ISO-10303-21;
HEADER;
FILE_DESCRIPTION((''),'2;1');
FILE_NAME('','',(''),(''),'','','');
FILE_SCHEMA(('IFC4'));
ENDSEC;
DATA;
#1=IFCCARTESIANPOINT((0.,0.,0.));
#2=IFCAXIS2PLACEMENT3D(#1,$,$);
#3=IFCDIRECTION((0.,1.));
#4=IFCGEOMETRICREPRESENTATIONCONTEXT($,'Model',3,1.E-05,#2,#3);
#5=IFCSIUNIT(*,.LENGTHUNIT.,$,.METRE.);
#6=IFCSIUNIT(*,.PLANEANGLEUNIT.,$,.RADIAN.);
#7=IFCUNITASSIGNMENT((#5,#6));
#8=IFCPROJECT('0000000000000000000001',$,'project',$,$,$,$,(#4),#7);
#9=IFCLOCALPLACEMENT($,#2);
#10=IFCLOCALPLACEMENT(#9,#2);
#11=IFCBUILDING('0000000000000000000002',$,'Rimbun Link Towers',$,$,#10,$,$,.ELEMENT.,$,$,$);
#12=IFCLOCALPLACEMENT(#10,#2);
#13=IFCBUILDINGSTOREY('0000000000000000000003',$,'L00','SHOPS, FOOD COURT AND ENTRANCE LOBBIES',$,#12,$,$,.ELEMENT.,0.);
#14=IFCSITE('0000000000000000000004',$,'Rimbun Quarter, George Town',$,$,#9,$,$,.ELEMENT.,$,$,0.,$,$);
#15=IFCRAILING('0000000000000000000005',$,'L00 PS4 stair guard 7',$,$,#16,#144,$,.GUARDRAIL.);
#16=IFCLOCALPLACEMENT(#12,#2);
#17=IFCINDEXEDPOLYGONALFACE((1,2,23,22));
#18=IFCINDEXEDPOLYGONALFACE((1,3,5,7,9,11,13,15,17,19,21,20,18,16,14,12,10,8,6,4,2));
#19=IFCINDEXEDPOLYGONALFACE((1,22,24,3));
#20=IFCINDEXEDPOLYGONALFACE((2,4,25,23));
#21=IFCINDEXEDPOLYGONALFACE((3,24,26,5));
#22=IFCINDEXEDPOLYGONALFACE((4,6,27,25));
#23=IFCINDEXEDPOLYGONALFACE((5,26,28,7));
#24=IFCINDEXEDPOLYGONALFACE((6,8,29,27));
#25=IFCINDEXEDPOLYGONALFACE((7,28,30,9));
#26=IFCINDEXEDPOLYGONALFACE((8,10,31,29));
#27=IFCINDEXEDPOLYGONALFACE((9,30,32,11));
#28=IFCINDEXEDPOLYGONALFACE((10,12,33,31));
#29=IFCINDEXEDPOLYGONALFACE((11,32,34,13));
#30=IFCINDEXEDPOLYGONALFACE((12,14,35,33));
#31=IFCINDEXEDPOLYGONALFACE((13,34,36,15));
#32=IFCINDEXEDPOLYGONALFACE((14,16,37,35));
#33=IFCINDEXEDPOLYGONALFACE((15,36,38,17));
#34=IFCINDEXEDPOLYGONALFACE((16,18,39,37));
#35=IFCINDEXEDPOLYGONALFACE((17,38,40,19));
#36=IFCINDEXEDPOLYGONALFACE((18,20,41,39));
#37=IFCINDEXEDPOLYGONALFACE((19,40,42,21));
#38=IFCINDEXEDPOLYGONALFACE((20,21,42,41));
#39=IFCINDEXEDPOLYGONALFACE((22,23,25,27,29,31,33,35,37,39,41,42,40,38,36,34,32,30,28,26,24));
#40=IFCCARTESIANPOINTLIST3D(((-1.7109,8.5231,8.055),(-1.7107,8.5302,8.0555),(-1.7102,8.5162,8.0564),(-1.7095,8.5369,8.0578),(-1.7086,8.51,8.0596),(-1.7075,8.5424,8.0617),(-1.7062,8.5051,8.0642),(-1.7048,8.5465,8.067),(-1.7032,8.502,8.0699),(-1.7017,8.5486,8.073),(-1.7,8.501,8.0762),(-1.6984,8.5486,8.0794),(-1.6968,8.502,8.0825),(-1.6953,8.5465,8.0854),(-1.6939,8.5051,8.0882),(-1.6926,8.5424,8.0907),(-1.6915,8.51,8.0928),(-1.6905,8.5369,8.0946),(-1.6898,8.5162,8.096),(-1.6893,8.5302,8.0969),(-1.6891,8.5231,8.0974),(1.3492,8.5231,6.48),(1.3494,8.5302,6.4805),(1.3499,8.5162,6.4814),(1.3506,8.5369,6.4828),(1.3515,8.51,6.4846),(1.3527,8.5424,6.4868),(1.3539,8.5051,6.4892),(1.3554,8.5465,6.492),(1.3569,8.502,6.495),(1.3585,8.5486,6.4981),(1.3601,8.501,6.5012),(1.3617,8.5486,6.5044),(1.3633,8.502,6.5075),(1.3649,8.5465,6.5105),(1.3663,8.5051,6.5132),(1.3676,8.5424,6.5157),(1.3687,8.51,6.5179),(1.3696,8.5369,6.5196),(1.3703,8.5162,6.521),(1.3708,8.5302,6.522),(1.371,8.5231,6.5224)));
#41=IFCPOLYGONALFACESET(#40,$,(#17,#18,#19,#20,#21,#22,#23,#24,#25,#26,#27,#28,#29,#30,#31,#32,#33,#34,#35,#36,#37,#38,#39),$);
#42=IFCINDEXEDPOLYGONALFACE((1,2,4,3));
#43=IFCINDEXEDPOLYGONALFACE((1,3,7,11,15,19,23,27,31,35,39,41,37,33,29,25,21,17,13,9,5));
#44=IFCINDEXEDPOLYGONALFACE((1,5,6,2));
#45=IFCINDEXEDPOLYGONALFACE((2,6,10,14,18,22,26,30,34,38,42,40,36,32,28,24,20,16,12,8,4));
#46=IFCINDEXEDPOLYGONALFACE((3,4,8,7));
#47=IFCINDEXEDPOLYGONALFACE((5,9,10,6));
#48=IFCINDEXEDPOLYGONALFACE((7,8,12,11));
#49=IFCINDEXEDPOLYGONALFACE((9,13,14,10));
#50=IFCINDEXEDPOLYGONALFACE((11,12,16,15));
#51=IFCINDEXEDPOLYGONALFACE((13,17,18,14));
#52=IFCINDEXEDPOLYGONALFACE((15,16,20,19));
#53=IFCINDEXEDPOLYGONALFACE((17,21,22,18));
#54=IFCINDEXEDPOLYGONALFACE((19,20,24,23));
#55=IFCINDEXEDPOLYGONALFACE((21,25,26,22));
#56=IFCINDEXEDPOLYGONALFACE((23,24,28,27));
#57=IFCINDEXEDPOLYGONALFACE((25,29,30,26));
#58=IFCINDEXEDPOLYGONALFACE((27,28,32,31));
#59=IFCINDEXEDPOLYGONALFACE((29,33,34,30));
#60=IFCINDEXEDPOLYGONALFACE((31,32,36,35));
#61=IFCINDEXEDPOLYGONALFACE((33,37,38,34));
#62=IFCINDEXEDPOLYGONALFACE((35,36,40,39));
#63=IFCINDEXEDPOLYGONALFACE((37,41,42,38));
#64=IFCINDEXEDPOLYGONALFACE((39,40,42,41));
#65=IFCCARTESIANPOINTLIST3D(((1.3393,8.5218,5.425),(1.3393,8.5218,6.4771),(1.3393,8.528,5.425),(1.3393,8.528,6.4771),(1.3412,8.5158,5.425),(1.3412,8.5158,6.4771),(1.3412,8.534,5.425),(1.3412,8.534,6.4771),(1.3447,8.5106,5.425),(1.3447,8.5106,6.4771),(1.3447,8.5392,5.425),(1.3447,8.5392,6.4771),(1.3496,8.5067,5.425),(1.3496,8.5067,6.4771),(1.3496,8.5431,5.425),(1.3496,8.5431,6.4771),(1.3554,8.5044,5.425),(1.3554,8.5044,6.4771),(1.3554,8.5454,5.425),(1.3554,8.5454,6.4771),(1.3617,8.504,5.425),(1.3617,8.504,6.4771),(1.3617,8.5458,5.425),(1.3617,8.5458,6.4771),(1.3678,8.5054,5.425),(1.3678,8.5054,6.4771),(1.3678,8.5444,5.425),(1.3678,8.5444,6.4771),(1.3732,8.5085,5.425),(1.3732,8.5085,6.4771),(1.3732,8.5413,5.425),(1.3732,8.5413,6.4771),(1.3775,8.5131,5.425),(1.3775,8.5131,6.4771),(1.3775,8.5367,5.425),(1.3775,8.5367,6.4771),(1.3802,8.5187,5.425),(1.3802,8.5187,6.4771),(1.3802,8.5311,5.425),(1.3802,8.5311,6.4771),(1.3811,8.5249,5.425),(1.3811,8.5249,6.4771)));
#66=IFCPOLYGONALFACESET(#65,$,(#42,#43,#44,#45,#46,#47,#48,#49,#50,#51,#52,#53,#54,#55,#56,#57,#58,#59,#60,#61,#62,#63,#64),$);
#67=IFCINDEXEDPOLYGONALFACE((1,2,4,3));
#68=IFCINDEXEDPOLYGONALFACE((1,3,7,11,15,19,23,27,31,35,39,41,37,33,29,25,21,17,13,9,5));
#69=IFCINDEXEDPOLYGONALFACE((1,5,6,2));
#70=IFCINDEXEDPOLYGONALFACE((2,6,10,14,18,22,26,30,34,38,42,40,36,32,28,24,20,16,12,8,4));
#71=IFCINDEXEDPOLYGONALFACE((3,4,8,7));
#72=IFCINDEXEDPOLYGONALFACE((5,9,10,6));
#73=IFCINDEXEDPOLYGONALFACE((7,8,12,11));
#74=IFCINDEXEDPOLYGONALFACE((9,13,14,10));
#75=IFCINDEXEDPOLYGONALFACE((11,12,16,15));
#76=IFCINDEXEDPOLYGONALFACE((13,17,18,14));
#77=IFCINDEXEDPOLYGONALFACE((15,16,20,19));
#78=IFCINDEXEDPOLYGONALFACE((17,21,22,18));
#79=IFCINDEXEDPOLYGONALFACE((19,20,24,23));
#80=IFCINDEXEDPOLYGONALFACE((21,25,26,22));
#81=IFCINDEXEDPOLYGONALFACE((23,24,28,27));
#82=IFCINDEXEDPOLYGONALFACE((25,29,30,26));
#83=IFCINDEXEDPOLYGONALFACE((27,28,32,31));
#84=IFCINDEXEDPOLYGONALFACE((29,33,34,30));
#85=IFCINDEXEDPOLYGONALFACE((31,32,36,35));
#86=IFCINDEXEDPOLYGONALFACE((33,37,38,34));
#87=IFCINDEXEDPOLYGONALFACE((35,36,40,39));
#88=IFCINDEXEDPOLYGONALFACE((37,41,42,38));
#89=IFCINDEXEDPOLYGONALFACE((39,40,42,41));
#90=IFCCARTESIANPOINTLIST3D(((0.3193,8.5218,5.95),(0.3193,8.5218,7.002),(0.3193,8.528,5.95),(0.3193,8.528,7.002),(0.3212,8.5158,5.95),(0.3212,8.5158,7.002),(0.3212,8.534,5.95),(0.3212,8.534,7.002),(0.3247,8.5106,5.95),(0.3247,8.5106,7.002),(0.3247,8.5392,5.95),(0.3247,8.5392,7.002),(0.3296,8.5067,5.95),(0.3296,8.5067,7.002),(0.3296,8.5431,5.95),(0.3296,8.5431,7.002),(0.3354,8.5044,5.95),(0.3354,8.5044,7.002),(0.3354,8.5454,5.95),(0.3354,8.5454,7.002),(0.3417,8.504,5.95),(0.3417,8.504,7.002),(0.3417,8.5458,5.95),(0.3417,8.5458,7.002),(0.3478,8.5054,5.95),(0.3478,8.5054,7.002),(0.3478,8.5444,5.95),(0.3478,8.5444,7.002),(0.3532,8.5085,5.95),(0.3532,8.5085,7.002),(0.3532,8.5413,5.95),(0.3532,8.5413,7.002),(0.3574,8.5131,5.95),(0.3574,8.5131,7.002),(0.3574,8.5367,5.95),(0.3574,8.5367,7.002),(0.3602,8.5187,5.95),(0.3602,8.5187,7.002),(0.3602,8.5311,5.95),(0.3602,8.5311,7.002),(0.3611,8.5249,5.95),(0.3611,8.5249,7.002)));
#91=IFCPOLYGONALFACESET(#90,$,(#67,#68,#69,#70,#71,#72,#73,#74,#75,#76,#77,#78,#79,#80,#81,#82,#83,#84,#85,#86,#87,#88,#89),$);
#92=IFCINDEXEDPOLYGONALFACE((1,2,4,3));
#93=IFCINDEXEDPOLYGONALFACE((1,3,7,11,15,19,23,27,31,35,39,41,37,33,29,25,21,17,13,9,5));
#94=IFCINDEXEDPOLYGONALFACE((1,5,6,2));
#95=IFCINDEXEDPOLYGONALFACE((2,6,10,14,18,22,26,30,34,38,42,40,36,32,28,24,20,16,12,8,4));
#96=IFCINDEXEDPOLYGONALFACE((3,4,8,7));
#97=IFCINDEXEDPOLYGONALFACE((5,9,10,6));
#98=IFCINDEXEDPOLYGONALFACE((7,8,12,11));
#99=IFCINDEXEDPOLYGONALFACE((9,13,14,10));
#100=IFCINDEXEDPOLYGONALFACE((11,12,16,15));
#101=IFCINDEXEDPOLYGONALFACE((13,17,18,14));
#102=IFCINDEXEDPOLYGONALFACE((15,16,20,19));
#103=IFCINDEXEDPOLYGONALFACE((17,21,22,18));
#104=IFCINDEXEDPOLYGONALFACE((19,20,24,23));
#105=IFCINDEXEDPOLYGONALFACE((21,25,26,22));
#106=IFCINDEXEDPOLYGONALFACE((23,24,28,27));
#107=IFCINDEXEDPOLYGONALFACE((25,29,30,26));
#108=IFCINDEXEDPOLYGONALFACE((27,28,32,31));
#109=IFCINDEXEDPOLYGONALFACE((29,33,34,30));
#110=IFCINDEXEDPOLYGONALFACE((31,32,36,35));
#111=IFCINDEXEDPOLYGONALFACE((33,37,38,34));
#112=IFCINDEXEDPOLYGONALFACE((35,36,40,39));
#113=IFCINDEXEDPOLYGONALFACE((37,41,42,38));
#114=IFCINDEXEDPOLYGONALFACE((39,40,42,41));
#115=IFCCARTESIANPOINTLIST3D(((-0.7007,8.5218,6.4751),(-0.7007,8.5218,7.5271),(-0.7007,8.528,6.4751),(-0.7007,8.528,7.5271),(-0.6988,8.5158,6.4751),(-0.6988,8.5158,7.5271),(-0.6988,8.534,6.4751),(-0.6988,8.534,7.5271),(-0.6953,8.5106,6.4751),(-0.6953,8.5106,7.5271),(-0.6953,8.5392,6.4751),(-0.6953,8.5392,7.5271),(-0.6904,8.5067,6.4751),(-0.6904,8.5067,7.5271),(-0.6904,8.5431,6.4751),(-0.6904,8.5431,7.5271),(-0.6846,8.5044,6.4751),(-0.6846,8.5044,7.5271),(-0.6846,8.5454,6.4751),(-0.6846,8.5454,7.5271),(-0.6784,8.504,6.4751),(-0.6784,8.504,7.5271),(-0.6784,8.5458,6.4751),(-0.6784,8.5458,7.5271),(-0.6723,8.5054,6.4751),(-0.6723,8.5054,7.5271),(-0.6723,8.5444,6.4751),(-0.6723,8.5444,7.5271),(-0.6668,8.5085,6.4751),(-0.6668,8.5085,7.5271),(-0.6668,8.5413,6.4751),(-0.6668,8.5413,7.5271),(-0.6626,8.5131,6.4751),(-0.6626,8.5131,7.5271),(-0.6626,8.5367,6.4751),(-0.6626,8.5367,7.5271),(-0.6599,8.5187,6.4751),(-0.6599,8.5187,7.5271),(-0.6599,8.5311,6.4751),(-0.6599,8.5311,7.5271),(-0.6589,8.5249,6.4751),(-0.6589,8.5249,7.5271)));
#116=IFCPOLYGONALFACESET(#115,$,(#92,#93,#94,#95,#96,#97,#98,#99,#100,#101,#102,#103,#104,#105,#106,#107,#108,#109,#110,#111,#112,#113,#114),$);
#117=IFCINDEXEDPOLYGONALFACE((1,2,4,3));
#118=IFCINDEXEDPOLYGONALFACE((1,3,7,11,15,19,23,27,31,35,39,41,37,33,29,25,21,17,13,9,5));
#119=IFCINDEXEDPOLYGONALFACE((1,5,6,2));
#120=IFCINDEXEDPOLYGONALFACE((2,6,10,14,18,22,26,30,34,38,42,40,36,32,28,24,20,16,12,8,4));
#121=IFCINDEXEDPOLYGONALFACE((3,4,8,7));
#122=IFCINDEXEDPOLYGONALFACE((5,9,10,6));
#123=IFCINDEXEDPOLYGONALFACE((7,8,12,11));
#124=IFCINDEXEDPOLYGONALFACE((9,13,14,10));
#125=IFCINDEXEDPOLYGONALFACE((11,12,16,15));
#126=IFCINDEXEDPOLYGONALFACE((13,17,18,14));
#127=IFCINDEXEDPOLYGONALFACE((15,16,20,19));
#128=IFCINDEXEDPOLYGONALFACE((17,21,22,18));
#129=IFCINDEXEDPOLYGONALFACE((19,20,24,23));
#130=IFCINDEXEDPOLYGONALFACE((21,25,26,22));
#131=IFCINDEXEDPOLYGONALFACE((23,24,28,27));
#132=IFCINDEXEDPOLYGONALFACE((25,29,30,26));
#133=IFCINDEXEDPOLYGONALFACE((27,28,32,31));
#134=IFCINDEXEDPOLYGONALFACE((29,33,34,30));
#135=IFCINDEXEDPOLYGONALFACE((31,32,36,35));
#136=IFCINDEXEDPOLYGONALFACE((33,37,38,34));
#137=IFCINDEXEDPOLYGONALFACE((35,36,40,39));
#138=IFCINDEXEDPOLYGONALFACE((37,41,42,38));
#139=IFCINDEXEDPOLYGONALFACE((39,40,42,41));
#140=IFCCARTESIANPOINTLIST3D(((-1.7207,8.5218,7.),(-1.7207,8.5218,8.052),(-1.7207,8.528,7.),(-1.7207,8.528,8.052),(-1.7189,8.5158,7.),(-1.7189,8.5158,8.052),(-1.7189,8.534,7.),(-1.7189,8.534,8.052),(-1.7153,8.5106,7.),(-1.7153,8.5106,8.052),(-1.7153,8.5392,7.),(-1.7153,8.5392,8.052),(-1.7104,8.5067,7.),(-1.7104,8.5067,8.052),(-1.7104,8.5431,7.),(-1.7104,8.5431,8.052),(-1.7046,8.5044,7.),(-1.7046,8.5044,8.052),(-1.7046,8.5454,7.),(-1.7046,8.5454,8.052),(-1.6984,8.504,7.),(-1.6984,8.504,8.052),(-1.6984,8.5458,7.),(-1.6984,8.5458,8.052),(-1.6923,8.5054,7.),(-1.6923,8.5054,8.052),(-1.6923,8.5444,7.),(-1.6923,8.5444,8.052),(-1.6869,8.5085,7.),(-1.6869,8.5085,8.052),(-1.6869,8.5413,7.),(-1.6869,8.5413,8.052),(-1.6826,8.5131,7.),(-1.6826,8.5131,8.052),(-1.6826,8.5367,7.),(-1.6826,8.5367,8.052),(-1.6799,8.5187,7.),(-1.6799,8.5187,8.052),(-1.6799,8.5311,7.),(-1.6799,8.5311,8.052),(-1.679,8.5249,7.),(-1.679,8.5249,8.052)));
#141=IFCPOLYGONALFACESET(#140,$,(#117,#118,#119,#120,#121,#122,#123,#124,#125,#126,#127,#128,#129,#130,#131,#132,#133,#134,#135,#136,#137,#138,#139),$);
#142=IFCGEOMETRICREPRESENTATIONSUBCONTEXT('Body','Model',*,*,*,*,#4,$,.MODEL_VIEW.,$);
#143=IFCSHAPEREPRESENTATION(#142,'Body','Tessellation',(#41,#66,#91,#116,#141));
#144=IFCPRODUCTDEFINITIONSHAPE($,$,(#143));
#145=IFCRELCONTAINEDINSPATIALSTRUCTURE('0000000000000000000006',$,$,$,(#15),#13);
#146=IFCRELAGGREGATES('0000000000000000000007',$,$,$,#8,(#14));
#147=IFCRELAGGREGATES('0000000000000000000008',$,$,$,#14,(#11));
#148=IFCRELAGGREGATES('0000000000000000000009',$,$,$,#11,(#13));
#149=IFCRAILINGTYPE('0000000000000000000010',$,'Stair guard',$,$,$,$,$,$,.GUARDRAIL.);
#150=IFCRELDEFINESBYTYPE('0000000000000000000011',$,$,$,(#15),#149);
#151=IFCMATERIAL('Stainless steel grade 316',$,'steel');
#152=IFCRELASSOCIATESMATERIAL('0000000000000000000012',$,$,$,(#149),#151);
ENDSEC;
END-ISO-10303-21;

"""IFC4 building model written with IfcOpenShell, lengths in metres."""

from ifc_helpers import new_model, si_unit, direction, frame, origin, origin_2d, place, context, subcontext, project, spatial, circle, extrude, material, type_object, element, save


model = new_model("IFC4")

# Units and contexts
model_context = context("Model", 3, precision=1e-05, world=origin(), true_north=direction((0.0, 1.0)))
body_context = subcontext(model_context, "Body", "Model", "MODEL_VIEW")
ifc_project = project(units=[si_unit("LENGTHUNIT", "METRE"), si_unit("PLANEANGLEUNIT", "RADIAN")], contexts=[model_context])

# Site, building, storey
site_placement = place(None, origin())
site = spatial("IfcSite", under=ifc_project, at=site_placement, Name="Rimbun Quarter, George Town", CompositionType="ELEMENT", RefElevation=0.0)
building_placement = place(site_placement, origin())
building = spatial("IfcBuilding", under=site, at=building_placement, Name="Rimbun Link Towers", CompositionType="ELEMENT")
storey_placement = place(building_placement, origin())
storey = spatial("IfcBuildingStorey", under=building, at=storey_placement, Name="L00", Description="SHOPS, FOOD COURT AND ENTRANCE LOBBIES", CompositionType="ELEMENT", Elevation=0.0)

# Railing
ifc_material_1 = material(Name="Stainless steel grade 316", Category="steel")
railing_type_1 = type_object("IfcRailingType", Name="Stair guard", PredefinedType="GUARDRAIL", material=ifc_material_1)
railing_1_placement = place(storey_placement, frame((1.3601, 8.5249, 5.425)))
element("IfcRailing", 1, at=railing_1_placement, inside=storey, type_object=railing_type_1, Name="L00 PS4 stair guard 7", PredefinedType="GUARDRAIL", context=body_context, shape_type="SweptSolid", body=[
    extrude(circle(Radius=0.0239, at=origin_2d()), frame((0.0, 0.0, 1.0762), z_axis=(-0.889145, 0.0, 0.457625), x_axis=(0.0, -1.0, 0.0)), (0.0, 0.0, 1.0), 3.4417),
    extrude(circle(Radius=0.021, at=origin_2d()), origin(), (0.0, 0.0, 1.0), 1.052),
    extrude(circle(Radius=0.021, at=origin_2d()), frame((-1.02, 0.0, 0.5249)), (0.0, 0.0, 1.0), 1.052),
    extrude(circle(Radius=0.021, at=origin_2d()), frame((-2.04, 0.0, 1.05)), (0.0, 0.0, 1.0), 1.052),
    extrude(circle(Radius=0.021, at=origin_2d()), frame((-3.0601, 0.0, 1.575)), (0.0, 0.0, 1.0), 1.052),
])

save(model, "model.ifc")
